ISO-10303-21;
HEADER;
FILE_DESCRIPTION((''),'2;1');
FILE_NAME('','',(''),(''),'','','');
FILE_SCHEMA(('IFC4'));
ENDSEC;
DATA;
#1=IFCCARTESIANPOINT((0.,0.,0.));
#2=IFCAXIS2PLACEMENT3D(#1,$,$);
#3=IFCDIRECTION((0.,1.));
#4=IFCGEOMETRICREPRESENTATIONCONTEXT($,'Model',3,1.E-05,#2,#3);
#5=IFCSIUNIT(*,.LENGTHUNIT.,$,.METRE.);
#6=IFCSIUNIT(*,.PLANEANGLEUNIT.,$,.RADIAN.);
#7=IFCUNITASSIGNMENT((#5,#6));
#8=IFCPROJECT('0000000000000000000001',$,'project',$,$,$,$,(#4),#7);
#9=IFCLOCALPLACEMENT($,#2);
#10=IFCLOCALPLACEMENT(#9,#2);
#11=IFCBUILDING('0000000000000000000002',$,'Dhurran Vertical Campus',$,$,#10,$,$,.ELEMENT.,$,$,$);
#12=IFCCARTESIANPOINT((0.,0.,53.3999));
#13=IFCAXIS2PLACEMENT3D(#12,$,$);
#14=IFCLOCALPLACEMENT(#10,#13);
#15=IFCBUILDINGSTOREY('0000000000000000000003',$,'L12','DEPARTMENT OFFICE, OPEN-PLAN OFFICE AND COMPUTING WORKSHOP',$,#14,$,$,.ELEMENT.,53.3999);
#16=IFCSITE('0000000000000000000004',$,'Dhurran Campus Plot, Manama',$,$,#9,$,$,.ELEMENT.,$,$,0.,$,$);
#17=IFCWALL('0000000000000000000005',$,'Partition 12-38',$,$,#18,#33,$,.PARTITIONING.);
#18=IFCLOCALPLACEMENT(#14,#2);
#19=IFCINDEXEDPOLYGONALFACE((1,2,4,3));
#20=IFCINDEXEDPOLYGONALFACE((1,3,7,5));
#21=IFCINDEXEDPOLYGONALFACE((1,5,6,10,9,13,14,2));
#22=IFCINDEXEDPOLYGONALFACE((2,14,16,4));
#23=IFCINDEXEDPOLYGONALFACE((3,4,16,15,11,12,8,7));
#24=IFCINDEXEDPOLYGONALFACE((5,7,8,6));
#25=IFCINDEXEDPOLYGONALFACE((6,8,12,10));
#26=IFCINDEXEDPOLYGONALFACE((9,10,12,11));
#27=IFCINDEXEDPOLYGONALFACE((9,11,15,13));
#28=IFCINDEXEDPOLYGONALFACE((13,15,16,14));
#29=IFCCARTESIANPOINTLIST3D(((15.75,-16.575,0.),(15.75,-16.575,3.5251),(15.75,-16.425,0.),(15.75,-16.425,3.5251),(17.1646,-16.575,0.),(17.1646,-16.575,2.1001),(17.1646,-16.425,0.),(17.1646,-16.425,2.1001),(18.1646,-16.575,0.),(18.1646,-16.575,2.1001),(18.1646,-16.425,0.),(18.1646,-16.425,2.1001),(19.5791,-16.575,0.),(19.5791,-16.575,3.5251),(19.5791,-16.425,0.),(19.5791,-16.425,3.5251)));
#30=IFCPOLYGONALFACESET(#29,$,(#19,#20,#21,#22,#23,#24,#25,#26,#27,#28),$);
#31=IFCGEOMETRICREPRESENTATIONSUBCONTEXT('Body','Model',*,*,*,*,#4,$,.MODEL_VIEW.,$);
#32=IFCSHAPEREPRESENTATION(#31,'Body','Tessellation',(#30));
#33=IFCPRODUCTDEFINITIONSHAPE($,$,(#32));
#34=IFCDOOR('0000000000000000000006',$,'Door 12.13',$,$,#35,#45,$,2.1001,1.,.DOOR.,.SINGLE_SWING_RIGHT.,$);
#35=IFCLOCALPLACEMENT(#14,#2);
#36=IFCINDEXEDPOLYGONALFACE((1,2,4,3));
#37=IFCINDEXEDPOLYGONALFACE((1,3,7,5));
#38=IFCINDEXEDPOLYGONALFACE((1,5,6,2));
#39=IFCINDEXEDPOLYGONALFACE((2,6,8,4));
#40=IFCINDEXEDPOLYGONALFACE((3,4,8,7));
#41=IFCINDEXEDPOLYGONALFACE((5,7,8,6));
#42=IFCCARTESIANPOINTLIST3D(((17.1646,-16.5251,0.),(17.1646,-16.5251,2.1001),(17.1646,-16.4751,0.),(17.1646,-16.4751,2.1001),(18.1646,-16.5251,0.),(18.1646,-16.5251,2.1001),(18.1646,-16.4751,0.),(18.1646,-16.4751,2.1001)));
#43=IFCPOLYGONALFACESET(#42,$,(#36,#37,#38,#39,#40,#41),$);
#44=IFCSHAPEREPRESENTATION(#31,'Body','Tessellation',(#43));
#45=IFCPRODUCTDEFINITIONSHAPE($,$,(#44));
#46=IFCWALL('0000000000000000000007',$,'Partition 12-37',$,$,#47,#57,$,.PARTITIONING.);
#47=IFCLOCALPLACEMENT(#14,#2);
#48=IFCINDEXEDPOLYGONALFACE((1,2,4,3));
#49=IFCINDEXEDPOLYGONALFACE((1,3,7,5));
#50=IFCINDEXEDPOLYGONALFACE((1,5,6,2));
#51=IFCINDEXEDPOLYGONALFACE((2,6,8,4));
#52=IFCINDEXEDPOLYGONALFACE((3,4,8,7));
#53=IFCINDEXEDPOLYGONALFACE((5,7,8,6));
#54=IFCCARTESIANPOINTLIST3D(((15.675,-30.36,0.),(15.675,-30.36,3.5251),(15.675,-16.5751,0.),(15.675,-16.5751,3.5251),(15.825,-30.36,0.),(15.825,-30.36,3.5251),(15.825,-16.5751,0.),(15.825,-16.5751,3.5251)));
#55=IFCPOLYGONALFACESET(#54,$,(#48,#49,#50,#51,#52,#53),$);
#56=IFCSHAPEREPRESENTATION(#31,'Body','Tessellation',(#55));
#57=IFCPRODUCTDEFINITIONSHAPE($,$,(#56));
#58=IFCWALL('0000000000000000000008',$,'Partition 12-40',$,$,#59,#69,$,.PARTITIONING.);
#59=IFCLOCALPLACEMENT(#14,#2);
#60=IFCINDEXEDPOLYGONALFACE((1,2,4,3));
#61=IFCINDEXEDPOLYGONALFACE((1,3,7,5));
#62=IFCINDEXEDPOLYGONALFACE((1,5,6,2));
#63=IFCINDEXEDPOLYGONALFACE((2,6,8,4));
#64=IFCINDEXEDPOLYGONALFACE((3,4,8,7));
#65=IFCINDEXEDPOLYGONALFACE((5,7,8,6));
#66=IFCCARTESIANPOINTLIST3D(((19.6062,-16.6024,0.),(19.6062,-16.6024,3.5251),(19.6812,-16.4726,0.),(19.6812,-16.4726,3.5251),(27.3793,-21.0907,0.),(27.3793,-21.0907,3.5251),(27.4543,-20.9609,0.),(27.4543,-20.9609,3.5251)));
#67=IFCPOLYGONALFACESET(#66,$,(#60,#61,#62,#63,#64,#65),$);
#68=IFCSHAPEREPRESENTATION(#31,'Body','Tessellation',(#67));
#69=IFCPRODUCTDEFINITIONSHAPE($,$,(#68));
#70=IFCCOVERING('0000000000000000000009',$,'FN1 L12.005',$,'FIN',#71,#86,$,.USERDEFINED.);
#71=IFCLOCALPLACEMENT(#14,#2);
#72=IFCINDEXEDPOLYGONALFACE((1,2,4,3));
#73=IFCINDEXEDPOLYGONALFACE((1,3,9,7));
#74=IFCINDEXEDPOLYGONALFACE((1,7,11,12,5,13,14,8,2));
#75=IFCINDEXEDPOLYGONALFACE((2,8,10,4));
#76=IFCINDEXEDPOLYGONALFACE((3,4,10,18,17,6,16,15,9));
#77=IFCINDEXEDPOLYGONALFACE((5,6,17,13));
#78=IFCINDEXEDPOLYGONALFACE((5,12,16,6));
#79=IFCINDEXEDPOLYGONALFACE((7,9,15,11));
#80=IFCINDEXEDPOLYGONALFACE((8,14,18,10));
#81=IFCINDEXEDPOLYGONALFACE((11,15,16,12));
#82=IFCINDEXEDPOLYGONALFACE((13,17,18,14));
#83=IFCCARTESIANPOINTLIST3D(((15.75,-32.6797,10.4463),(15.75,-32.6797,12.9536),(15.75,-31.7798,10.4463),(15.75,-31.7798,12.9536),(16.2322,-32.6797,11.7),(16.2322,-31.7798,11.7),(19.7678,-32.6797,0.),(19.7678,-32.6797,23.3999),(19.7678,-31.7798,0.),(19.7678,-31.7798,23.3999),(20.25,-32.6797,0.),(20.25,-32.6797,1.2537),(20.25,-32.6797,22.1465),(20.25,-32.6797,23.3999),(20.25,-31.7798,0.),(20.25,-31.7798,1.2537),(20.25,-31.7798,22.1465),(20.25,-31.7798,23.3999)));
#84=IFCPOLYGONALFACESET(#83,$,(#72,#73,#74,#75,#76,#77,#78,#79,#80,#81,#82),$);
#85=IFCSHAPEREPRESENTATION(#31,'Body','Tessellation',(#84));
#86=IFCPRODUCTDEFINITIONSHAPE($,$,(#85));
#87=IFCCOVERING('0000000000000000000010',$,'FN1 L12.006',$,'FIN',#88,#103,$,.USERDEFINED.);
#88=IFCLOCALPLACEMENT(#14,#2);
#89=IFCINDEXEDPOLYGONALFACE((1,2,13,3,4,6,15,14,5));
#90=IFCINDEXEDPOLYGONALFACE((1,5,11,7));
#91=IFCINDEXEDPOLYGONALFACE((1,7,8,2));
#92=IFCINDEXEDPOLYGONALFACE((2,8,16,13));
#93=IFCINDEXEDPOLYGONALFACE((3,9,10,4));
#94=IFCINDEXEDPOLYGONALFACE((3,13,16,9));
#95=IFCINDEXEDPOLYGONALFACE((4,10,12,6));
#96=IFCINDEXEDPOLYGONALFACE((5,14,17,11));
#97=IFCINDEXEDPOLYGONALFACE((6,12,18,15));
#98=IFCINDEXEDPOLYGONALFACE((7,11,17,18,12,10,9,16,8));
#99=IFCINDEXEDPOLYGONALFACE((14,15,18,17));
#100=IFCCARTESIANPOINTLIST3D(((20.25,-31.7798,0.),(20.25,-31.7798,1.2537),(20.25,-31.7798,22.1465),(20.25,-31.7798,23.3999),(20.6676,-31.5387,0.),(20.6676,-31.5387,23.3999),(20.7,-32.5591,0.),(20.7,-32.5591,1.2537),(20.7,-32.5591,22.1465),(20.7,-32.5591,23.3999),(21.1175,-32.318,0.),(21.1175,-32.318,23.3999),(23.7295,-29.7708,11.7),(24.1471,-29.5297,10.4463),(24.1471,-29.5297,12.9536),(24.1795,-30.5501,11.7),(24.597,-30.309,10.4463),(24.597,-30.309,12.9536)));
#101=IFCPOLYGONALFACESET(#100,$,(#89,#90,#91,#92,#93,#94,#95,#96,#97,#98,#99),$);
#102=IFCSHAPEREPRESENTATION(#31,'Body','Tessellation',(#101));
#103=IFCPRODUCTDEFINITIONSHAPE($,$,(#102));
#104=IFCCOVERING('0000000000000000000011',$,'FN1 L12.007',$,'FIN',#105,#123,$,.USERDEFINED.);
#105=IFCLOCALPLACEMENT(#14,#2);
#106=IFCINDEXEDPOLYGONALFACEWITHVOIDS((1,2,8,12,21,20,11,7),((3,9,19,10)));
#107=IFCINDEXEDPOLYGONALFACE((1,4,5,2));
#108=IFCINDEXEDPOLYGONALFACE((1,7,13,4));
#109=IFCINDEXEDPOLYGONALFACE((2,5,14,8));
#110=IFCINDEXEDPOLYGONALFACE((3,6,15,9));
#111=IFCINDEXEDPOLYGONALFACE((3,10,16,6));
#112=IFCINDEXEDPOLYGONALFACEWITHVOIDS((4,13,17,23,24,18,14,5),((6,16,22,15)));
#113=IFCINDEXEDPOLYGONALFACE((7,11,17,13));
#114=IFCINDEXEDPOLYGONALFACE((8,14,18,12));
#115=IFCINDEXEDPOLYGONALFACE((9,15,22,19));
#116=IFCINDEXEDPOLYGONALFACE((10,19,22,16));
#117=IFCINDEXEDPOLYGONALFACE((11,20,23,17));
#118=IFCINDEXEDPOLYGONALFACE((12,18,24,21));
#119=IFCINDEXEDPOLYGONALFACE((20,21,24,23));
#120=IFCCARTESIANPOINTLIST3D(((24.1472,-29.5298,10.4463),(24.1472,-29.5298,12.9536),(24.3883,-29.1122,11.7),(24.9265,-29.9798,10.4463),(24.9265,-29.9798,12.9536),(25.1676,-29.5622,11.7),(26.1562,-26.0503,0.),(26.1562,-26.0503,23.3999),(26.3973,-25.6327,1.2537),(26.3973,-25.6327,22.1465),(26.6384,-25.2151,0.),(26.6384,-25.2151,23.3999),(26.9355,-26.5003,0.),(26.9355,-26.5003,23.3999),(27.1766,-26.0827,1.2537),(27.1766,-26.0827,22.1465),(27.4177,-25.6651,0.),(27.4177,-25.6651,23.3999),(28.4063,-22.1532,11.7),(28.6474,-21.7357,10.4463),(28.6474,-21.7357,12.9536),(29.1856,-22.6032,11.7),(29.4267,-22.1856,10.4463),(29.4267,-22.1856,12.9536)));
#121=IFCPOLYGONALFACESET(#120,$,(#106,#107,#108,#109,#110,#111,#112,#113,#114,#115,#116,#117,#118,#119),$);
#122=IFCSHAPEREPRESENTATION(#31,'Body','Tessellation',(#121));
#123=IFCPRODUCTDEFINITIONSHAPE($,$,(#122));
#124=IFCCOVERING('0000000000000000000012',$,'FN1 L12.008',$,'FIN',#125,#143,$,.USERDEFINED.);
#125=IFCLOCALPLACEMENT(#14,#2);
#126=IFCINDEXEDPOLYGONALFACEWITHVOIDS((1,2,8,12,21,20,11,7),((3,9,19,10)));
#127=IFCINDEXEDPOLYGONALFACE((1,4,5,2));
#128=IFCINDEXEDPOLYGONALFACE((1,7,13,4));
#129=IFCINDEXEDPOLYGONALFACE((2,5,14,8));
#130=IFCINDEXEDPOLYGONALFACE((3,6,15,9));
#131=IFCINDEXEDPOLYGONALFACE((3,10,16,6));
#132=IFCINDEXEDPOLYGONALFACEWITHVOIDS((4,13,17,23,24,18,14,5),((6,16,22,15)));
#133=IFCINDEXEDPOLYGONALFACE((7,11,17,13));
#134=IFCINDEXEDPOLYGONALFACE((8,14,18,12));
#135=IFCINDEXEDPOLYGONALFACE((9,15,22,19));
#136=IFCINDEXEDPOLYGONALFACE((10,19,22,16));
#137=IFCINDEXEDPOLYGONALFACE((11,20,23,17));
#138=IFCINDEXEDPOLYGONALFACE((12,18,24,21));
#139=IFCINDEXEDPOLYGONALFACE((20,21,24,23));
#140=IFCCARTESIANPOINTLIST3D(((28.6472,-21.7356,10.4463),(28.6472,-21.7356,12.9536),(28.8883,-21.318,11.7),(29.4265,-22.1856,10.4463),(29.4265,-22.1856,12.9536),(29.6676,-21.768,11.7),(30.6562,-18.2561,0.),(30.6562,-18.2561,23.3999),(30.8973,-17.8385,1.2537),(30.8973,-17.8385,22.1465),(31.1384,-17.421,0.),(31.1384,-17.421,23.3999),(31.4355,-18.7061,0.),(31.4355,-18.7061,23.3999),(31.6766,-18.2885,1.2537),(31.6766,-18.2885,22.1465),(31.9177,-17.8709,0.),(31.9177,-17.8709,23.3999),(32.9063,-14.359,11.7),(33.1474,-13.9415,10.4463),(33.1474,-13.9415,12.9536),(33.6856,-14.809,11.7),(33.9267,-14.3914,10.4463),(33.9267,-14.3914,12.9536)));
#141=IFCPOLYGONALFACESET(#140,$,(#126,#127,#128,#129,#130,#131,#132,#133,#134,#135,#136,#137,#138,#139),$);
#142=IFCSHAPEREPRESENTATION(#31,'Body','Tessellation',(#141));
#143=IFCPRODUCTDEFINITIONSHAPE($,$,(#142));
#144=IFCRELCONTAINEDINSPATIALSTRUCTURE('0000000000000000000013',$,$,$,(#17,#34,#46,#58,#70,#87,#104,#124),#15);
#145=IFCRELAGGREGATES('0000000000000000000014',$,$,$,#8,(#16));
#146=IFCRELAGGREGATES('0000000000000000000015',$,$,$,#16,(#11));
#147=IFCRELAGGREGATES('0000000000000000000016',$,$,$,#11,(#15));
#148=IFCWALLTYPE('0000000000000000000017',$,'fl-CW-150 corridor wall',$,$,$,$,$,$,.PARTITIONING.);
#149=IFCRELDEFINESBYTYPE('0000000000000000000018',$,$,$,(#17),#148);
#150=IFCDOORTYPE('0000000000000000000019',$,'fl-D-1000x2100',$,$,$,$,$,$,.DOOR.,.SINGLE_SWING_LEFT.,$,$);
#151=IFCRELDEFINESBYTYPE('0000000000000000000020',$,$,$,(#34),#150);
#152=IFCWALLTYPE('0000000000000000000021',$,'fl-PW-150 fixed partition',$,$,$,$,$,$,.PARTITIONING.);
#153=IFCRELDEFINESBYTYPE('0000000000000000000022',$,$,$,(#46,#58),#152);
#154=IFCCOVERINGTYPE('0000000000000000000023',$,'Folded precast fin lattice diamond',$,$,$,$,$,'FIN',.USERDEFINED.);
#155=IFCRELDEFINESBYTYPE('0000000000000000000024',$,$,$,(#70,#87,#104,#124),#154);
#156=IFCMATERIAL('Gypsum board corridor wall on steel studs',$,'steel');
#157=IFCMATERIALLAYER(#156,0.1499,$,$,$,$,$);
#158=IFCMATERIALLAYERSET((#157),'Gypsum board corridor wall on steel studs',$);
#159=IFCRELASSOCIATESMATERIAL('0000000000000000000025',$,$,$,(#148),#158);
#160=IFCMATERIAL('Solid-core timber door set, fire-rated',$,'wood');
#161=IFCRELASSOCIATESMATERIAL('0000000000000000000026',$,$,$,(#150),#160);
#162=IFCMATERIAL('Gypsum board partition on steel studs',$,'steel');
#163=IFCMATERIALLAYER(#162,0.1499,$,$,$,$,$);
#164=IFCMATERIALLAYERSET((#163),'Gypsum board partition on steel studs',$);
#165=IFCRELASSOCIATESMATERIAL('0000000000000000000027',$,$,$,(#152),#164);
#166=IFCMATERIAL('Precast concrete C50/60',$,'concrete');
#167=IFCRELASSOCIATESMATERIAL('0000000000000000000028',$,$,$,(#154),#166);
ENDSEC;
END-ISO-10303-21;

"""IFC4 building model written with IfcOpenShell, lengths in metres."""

from ifc_helpers import new_model, si_unit, direction, frame, frame_2d, origin, place, context, subcontext, project, spatial, polyline, rectangle, outline, extrude, material, layer, layer_set, type_object, element, fill, save


model = new_model("IFC4")

# Units and contexts
model_context = context("Model", 3, precision=1e-05, world=origin(), true_north=direction((0.0, 1.0)))
body_context = subcontext(model_context, "Body", "Model", "MODEL_VIEW")
ifc_project = project(units=[si_unit("LENGTHUNIT", "METRE"), si_unit("PLANEANGLEUNIT", "RADIAN")], contexts=[model_context])

# Site, building, storey
site_placement = place(None, origin())
site = spatial("IfcSite", under=ifc_project, at=site_placement, Name="Dhurran Campus Plot, Manama", CompositionType="ELEMENT", RefElevation=0.0)
building_placement = place(site_placement, origin())
building = spatial("IfcBuilding", under=site, at=building_placement, Name="Dhurran Vertical Campus", CompositionType="ELEMENT")
storey_placement = place(building_placement, frame((0.0, 0.0, 53.3999)))
storey = spatial("IfcBuildingStorey", under=building, at=storey_placement, Name="L12", Description="DEPARTMENT OFFICE, OPEN-PLAN OFFICE AND COMPUTING WORKSHOP", CompositionType="ELEMENT", Elevation=53.3999)

# Wall, opening, door
ifc_material_1 = material(Name="Gypsum board corridor wall on steel studs", Category="steel")
ifc_layer_1 = layer(ifc_material_1, 0.1499)
ifc_layer_set_1 = layer_set([ifc_layer_1], Name="Gypsum board corridor wall on steel studs")
wall_type_1 = type_object("IfcWallType", Name="fl-CW-150 corridor wall", PredefinedType="PARTITIONING", material=ifc_layer_set_1)
wall_1_placement = place(storey_placement, frame((15.75, -16.5, 0.0), z_axis=(0.0, 0.0, 1.0), x_axis=(1.0, 0.0, 0.0)))
wall_1 = element("IfcWall", 1, at=wall_1_placement, inside=storey, type_object=wall_type_1, Name="Partition 12-38", PredefinedType="PARTITIONING", context=body_context, shape_type="SweptSolid", body=[
    extrude(rectangle(XDim=3.8291, YDim=0.1499, at=frame_2d((1.9146, 0.0))), origin(), (0.0, 0.0, 1.0), 3.5251),
])
opening_1_placement = place(wall_1_placement, frame((1.4146, 0.0, 0.0)))
opening_1 = element("IfcOpeningElement", 2, at=opening_1_placement, cuts=wall_1, PredefinedType="OPENING", context=body_context, shape_type="SweptSolid", body=[
    extrude(rectangle(XDim=1.0, YDim=2.1001, at=frame_2d((0.5, 1.05))), frame((0.0, 0.085, 0.0), z_axis=(0.0, -1.0, 0.0), x_axis=(1.0, 0.0, 0.0)), (0.0, 0.0, 1.0), 0.1699),
])
ifc_material_2 = material(Name="Solid-core timber door set, fire-rated", Category="wood")
door_type = type_object("IfcDoorType", Name="fl-D-1000x2100", OperationType="SINGLE_SWING_LEFT", PredefinedType="DOOR", material=ifc_material_2)
door_placement = place(opening_1_placement, origin())
door = element("IfcDoor", 3, at=door_placement, inside=storey, type_object=door_type, Name="Door 12.13", OperationType="SINGLE_SWING_RIGHT", OverallHeight=2.1001, OverallWidth=1.0, PredefinedType="DOOR", context=body_context, shape_type="SweptSolid", body=[
    extrude(rectangle(XDim=1.0, YDim=2.1001, at=frame_2d((0.5, 1.05))), frame((0.0, 0.0249, 0.0), z_axis=(0.0, -1.0, 0.0), x_axis=(1.0, 0.0, 0.0)), (0.0, 0.0, 1.0), 0.05),
])
fill(opening_1, door)

# Walls
ifc_material_3 = material(Name="Gypsum board partition on steel studs", Category="steel")
ifc_layer_2 = layer(ifc_material_3, 0.1499)
ifc_layer_set_2 = layer_set([ifc_layer_2], Name="Gypsum board partition on steel studs")
wall_type_2 = type_object("IfcWallType", Name="fl-PW-150 fixed partition", PredefinedType="PARTITIONING", material=ifc_layer_set_2)
wall_2_placement = place(storey_placement, frame((15.75, -16.575, 0.0), z_axis=(0.0, 0.0, 1.0), x_axis=(0.0, -1.0, 0.0)))
element("IfcWall", 4, at=wall_2_placement, inside=storey, type_object=wall_type_2, Name="Partition 12-37", PredefinedType="PARTITIONING", context=body_context, shape_type="SweptSolid", body=[
    extrude(rectangle(XDim=13.7849, YDim=0.1499, at=frame_2d((6.8926, 0.0))), origin(), (0.0, 0.0, 1.0), 3.5251),
])
wall_3_placement = place(storey_placement, frame((19.6438, -16.5376, 0.0), z_axis=(0.0, 0.0, 1.0), x_axis=(0.866005, -0.500036, 0.0)))
element("IfcWall", 5, at=wall_3_placement, inside=storey, type_object=wall_type_2, Name="Partition 12-40", PredefinedType="PARTITIONING", context=body_context, shape_type="SweptSolid", body=[
    extrude(rectangle(XDim=8.9758, YDim=0.1499, at=frame_2d((4.4878, 0.0))), origin(), (0.0, 0.0, 1.0), 3.5251),
])

# Coverings
ifc_material_4 = material(Name="Precast concrete C50/60", Category="concrete")
covering_type = type_object("IfcCoveringType", Name="Folded precast fin lattice diamond", ElementType="FIN", PredefinedType="USERDEFINED", material=ifc_material_4)
covering_1_placement = place(storey_placement, frame((15.75, -31.7798, 0.0), z_axis=(0.0, -1.0, 0.0), x_axis=(1.0, 0.0, 0.0)))
element("IfcCovering", 6, at=covering_1_placement, inside=storey, type_object=covering_type, Name="FN1 L12.005", ObjectType="FIN", PredefinedType="USERDEFINED", context=body_context, shape_type="SweptSolid", body=[
    extrude(outline(polyline([(4.0178, 0.0), (0.0, 10.4463), (0.0, 12.9536), (4.0178, 23.3999), (4.5, 23.3999), (4.5, 22.1465), (0.4822, 11.7), (4.5, 1.2537), (4.5, 0.0), (4.0178, 0.0)])), origin(), (0.0, 0.0, 1.0), 0.8999),
])
covering_2_placement = place(storey_placement, frame((20.25, -31.7798, 0.0), z_axis=(0.50002, -0.866014, 0.0), x_axis=(0.866014, 0.50002, 0.0)))
element("IfcCovering", 7, at=covering_2_placement, inside=storey, type_object=covering_type, Name="FN1 L12.006", ObjectType="FIN", PredefinedType="USERDEFINED", context=body_context, shape_type="SweptSolid", body=[
    extrude(outline(polyline([(4.5, 10.4463), (0.4822, 0.0), (0.0, 0.0), (0.0, 1.2537), (4.0178, 11.7), (0.0, 22.1465), (0.0, 23.3999), (0.4822, 23.3999), (4.5, 12.9536), (4.5, 10.4463)])), origin(), (0.0, 0.0, 1.0), 0.8999),
])
for number, where, z_axis, x_axis, name in (
    (8, (24.1472, -29.5298, 0.0), (0.866014, -0.50002, 0.0), (0.50002, 0.866014, 0.0), "FN1 L12.007"),
    (9, (28.6472, -21.7356, 0.0), (0.866014, -0.50002, 0.0), (0.50002, 0.866014, 0.0), "FN1 L12.008"),
):
    element("IfcCovering", number, at=place(storey_placement, frame(where, z_axis=z_axis, x_axis=x_axis)), inside=storey, type_object=covering_type, Name=name, ObjectType="FIN", PredefinedType="USERDEFINED", context=body_context, shape_type="SweptSolid", body=[
        extrude(outline(polyline([(9.0, 12.9536), (9.0, 10.4463), (4.9822, 0.0), (4.0178, 0.0), (0.0, 10.4463), (0.0, 12.9536), (4.0178, 23.3999), (4.9822, 23.3999), (9.0, 12.9536)]), holes=[polyline([(8.5178, 11.7), (4.5, 22.1465), (0.4822, 11.7), (4.5, 1.2537), (8.5178, 11.7)])]), origin(), (0.0, 0.0, 1.0), 0.8999),
    ])

save(model, "model.ifc")
